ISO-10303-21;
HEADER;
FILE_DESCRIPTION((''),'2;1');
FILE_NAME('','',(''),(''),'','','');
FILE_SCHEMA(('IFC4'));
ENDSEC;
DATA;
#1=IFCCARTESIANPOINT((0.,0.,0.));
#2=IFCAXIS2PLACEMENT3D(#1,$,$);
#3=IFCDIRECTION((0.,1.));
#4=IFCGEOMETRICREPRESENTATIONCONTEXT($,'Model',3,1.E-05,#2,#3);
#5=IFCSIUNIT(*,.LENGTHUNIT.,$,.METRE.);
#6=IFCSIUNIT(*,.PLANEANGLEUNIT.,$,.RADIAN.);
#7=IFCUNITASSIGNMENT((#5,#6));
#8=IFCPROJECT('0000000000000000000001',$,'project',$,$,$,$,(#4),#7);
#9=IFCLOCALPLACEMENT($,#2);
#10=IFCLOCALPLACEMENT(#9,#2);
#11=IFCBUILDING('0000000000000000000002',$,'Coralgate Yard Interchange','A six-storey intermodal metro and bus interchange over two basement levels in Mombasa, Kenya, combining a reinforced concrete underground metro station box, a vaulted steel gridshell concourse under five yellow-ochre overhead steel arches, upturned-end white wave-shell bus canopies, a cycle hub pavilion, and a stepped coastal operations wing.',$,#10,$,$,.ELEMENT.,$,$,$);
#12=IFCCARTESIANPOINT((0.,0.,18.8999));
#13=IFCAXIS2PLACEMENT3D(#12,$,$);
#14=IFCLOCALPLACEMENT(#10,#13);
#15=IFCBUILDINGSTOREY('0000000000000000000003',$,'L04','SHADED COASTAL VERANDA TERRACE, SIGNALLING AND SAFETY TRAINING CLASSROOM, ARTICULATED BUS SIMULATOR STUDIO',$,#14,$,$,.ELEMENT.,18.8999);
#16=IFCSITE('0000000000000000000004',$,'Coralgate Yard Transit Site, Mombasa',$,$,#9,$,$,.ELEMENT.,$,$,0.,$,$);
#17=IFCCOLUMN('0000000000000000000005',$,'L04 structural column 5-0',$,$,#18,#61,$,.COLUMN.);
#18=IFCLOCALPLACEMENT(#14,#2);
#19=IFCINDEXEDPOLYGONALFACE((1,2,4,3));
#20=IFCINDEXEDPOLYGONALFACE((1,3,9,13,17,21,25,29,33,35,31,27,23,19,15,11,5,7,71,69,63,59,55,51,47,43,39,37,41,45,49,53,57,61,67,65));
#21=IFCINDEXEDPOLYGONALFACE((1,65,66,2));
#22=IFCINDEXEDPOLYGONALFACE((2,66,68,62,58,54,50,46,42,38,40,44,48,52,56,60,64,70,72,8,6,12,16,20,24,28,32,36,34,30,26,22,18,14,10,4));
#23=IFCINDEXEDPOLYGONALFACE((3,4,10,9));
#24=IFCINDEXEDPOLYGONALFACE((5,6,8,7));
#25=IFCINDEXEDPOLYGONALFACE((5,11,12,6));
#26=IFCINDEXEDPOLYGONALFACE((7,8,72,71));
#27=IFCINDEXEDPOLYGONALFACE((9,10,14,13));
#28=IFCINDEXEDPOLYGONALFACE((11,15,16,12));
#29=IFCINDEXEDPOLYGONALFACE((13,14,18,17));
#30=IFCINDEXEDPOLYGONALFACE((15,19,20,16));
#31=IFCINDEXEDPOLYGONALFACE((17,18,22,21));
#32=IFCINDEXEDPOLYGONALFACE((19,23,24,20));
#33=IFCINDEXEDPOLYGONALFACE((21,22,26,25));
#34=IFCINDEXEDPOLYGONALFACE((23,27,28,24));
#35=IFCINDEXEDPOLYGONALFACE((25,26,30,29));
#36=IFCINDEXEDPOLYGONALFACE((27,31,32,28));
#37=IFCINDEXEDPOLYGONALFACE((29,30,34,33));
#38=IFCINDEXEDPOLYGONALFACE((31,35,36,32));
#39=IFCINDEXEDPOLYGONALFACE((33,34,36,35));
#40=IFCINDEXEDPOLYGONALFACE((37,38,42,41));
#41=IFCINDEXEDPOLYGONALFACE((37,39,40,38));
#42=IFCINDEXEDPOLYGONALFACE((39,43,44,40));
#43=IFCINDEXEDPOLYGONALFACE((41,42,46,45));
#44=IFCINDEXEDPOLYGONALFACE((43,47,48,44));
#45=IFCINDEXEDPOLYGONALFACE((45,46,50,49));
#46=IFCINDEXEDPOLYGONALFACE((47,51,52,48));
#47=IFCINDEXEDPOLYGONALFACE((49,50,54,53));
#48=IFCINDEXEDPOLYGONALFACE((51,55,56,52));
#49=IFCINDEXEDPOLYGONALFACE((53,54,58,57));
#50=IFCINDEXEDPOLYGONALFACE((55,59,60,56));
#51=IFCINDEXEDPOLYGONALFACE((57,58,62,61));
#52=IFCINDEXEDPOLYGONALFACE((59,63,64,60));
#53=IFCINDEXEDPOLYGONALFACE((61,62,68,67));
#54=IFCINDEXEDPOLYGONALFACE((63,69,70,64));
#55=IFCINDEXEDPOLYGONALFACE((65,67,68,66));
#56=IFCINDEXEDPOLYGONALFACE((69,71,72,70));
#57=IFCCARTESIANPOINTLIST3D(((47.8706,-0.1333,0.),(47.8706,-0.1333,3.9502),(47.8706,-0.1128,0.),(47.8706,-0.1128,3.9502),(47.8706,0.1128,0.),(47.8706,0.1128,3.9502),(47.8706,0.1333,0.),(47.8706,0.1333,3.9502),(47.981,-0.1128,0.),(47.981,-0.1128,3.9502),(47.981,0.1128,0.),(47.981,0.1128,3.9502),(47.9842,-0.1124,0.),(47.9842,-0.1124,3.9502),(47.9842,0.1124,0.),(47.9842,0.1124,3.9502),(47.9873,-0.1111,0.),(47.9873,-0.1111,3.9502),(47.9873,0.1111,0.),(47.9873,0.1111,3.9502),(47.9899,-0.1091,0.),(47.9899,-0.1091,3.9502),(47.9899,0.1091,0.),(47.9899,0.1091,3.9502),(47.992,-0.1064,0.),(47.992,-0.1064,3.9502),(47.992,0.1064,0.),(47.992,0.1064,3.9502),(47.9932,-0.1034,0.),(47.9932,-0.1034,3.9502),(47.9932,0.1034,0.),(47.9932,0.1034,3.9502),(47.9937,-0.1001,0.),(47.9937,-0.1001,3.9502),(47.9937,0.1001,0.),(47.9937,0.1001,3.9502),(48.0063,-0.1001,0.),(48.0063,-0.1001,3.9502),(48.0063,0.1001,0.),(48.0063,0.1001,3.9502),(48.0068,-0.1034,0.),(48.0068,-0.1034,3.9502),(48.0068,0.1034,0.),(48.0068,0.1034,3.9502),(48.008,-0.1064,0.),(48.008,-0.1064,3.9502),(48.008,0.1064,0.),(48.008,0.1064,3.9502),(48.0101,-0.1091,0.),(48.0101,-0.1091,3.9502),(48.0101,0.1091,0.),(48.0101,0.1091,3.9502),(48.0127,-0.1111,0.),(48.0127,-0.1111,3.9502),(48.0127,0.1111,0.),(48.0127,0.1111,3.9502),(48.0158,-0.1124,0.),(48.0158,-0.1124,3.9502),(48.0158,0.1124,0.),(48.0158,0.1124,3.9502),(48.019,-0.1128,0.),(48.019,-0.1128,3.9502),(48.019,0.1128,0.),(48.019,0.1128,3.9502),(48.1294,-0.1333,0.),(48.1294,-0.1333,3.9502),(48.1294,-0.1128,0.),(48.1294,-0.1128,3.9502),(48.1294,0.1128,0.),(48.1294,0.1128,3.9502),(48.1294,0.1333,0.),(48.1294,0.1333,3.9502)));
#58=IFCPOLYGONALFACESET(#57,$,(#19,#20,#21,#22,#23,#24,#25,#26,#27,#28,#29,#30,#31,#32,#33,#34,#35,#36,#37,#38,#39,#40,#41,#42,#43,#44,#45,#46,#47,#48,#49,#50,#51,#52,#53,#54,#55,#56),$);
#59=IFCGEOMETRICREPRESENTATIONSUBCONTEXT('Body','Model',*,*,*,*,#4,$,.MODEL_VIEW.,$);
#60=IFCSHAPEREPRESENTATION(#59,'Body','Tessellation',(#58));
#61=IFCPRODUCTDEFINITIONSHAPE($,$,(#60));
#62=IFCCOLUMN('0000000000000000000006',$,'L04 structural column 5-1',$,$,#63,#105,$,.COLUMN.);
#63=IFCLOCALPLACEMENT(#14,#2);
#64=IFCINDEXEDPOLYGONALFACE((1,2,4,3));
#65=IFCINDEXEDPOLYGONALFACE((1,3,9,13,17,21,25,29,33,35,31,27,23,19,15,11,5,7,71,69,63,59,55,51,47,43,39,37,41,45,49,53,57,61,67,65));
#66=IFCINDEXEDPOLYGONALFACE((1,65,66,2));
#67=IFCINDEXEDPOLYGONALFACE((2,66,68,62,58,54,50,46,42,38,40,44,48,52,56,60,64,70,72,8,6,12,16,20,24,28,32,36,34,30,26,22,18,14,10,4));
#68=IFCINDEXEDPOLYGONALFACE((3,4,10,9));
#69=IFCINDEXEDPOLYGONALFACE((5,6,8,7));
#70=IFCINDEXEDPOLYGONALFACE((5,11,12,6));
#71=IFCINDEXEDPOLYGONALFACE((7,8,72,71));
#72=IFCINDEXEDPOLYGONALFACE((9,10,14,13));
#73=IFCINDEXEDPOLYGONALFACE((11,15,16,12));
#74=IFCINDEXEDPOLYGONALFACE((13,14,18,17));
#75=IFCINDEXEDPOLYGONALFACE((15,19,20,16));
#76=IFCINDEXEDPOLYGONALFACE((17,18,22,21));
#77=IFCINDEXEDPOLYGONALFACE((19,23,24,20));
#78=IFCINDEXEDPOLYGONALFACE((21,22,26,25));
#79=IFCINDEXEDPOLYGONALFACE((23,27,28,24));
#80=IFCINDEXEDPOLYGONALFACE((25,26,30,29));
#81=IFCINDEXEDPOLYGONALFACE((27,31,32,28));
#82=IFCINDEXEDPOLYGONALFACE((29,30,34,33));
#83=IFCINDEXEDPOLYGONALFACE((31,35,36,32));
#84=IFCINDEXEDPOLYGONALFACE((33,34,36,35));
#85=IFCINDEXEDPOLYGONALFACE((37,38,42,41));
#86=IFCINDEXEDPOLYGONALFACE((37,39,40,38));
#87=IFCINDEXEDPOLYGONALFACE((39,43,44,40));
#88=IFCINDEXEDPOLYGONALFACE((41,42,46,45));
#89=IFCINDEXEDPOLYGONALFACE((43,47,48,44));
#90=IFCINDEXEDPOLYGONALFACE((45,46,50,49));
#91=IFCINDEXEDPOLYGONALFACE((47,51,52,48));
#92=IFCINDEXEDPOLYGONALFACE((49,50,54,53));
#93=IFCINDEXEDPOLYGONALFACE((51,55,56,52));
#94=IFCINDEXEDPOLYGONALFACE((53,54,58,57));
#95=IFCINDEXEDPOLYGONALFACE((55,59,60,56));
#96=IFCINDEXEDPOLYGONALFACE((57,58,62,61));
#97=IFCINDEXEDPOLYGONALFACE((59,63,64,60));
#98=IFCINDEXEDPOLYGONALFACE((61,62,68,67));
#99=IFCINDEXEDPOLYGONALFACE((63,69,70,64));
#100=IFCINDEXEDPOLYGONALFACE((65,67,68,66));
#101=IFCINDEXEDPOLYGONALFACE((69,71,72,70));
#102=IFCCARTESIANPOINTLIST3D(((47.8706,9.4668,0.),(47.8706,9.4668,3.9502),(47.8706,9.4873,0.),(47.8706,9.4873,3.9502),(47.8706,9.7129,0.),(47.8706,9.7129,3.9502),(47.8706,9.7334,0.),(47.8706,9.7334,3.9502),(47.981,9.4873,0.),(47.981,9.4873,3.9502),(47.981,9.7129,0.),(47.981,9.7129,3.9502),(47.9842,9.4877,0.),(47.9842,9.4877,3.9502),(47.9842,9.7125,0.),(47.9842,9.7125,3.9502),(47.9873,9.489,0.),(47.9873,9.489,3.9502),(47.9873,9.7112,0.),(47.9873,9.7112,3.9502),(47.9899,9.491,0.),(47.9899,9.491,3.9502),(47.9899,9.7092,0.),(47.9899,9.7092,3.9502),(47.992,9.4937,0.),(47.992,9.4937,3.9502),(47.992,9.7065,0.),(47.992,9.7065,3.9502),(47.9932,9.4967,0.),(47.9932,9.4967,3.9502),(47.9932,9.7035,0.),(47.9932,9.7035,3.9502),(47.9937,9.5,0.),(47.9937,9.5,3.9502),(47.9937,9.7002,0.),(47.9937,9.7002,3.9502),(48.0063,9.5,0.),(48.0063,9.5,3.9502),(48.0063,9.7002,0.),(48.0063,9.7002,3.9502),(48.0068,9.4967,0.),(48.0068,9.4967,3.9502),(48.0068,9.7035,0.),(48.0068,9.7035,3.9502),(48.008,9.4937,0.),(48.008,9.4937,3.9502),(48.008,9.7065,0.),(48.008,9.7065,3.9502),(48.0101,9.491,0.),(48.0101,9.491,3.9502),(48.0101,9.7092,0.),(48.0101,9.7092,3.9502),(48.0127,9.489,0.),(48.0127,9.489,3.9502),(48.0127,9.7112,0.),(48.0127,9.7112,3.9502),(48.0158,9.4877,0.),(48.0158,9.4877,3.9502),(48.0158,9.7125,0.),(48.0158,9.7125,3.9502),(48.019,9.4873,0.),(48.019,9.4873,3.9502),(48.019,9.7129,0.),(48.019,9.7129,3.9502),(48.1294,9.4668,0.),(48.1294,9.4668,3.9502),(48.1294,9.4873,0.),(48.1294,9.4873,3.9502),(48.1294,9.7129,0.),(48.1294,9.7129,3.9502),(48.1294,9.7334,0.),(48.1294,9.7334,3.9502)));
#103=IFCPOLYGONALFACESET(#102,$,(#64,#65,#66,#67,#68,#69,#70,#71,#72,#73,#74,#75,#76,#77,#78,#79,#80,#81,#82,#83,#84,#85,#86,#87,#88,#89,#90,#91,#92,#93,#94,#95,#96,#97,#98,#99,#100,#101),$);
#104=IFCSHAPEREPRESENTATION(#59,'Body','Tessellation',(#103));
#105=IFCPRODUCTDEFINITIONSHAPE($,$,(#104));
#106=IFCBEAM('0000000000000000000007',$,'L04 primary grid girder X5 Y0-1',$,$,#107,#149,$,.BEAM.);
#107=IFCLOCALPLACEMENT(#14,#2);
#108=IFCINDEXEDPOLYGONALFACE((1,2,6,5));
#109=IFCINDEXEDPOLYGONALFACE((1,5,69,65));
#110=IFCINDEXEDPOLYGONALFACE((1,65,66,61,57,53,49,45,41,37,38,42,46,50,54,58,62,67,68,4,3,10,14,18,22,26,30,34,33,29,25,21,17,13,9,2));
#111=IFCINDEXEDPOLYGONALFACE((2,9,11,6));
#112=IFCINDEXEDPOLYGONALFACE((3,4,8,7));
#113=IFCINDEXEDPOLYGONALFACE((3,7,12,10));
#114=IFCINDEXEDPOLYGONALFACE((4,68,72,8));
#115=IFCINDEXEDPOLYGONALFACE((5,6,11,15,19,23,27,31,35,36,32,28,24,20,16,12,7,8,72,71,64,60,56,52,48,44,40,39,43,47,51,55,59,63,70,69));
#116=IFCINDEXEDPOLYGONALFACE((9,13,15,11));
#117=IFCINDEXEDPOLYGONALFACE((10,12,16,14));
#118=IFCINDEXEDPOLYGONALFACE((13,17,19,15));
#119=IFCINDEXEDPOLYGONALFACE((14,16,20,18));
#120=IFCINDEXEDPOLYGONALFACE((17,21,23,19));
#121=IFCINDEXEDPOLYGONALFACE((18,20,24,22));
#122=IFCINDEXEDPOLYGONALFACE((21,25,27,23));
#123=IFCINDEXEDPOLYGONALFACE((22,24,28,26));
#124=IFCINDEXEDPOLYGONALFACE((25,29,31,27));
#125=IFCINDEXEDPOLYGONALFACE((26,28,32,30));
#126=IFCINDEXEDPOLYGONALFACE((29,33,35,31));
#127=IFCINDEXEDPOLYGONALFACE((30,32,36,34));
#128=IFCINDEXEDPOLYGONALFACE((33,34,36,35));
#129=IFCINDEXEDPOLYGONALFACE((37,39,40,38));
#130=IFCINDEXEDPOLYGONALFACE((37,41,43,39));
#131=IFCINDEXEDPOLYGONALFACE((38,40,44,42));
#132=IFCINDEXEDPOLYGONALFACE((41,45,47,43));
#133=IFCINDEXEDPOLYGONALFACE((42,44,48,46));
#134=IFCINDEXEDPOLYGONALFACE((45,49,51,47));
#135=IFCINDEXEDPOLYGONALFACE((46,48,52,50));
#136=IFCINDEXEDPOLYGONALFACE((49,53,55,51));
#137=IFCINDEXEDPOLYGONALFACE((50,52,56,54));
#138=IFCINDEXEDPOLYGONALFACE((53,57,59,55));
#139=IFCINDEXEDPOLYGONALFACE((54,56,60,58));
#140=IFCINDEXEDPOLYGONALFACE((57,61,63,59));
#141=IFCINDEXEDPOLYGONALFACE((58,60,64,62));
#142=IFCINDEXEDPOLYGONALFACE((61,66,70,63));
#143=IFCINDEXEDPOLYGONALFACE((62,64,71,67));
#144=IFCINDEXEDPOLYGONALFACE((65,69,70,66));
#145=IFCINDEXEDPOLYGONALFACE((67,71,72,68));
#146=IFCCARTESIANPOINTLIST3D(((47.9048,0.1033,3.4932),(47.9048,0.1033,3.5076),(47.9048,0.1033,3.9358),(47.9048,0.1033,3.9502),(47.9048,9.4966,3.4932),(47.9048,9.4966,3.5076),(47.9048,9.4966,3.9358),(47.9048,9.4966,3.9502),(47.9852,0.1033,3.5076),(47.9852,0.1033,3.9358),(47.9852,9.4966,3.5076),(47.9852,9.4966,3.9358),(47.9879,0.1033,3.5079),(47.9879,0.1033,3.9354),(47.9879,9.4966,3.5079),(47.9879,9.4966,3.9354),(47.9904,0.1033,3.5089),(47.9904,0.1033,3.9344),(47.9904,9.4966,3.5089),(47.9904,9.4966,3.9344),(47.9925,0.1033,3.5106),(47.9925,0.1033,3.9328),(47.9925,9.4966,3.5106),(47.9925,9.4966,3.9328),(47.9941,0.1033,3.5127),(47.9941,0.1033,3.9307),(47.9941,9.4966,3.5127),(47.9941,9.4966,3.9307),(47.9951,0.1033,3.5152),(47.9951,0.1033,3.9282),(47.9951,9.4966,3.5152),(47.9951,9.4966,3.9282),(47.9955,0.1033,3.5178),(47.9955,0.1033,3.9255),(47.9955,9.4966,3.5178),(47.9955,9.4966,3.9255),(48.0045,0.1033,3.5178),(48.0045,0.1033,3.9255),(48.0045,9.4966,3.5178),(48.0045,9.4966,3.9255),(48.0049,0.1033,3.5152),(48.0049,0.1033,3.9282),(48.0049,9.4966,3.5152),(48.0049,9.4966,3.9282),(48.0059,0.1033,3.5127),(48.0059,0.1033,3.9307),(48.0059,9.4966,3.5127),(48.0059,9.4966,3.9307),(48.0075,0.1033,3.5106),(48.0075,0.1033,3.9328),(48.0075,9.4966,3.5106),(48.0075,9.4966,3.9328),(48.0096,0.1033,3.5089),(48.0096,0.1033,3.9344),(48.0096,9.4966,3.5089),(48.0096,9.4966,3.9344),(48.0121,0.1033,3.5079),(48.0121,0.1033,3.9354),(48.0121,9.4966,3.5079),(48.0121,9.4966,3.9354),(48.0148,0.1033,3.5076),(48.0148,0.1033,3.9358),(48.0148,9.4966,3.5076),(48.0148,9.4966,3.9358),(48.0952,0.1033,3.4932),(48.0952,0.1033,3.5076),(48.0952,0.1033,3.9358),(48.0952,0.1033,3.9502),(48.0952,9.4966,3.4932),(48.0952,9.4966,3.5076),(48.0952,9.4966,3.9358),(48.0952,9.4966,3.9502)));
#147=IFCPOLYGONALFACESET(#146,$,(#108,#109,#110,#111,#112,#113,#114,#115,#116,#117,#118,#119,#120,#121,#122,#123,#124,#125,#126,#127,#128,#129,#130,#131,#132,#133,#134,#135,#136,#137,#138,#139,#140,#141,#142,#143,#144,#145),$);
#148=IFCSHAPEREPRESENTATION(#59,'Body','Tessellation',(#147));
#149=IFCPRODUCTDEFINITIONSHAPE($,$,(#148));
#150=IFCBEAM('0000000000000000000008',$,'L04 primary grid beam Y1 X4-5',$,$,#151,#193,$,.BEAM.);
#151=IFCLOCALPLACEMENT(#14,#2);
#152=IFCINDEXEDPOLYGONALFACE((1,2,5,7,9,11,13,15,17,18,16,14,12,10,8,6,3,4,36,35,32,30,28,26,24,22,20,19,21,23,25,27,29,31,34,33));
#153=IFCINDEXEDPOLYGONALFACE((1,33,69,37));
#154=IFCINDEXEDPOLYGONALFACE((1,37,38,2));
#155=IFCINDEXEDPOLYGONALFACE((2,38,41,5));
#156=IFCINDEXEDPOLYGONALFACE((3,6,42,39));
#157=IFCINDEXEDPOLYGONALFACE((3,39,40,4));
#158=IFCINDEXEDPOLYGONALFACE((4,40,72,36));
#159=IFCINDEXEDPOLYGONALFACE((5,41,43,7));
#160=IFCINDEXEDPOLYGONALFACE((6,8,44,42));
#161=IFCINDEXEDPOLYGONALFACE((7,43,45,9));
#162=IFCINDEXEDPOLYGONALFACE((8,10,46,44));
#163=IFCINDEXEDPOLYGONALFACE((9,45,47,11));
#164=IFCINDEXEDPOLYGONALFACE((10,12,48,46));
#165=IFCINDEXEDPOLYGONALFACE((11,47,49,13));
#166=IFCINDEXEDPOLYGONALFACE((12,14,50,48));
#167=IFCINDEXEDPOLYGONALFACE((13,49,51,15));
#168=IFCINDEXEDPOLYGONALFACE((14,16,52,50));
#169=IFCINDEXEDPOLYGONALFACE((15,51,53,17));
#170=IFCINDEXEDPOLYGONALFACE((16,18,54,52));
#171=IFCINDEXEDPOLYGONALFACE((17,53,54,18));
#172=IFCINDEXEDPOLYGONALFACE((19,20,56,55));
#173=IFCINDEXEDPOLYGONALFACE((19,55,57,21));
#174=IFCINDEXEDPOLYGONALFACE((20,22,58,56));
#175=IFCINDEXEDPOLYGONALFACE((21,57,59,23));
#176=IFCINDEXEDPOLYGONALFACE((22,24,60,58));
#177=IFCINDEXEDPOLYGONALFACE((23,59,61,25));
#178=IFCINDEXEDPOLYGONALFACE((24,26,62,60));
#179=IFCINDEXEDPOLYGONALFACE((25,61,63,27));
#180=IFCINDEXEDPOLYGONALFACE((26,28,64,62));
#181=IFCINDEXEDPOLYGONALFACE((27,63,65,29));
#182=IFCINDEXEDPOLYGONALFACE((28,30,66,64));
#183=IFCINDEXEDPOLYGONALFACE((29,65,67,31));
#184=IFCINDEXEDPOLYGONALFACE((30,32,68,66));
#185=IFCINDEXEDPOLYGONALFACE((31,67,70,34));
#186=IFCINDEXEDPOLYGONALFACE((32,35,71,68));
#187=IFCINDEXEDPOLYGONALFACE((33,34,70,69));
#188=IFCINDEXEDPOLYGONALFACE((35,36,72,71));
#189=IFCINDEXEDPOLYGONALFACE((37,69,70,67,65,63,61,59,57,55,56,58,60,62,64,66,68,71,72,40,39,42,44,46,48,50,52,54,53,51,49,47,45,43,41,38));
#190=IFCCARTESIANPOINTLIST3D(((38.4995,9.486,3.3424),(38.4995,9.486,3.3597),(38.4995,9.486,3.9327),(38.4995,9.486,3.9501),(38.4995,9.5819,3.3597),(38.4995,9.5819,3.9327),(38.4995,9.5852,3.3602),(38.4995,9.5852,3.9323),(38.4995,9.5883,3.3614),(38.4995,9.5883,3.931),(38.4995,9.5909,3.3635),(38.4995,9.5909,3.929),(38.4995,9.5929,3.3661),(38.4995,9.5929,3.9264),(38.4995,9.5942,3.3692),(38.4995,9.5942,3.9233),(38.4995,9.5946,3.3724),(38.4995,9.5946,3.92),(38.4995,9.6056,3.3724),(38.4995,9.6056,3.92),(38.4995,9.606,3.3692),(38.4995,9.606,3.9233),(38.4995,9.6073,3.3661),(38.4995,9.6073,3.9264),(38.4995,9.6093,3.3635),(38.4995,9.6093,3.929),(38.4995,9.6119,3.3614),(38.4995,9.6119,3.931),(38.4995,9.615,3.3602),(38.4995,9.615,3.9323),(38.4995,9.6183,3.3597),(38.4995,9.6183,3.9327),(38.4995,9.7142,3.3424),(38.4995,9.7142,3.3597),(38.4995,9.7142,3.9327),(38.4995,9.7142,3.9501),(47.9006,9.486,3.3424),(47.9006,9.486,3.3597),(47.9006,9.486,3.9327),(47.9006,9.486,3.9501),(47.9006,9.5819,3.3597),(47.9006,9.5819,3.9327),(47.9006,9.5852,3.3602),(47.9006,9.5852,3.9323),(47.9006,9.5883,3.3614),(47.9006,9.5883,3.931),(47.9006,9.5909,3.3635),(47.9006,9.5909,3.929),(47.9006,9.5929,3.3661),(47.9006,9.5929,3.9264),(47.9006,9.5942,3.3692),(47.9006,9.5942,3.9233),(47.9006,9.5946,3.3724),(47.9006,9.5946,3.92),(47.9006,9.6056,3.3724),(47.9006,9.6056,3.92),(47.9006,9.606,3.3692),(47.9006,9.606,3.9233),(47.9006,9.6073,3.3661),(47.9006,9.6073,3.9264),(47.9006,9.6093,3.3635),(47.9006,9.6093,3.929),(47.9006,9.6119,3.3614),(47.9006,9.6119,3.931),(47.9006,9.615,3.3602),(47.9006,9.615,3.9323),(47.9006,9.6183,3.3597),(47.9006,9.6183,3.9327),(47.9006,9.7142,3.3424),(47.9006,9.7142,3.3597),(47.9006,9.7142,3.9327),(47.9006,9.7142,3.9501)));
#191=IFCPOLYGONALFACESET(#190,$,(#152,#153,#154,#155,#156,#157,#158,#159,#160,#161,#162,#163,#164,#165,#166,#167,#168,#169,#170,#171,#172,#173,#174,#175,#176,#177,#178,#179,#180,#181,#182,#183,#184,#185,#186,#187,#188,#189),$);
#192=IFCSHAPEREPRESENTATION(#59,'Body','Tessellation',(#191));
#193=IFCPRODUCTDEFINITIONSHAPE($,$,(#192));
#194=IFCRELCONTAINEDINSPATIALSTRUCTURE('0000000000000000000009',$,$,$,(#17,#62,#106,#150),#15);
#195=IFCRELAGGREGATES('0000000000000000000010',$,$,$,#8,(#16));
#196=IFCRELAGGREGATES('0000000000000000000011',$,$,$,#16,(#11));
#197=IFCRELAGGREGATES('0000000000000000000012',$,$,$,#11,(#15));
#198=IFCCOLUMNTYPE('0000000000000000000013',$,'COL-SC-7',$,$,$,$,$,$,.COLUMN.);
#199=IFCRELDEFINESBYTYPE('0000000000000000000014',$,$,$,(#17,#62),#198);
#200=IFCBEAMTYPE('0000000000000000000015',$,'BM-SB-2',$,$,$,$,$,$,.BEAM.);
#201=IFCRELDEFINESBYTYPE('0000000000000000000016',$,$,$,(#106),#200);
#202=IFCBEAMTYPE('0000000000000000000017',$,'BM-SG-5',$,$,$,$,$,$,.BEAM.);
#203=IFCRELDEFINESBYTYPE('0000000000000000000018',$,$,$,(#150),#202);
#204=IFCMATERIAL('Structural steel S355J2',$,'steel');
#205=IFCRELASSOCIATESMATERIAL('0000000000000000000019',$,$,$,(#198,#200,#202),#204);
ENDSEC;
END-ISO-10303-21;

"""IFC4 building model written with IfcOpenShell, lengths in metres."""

from ifc_helpers import new_model, si_unit, direction, frame, origin, origin_2d, place, context, subcontext, project, spatial, i_section, extrude, material, material_profile, profile_set, type_object, element, save


model = new_model("IFC4")

# Units and contexts
model_context = context("Model", 3, precision=1e-05, world=origin(), true_north=direction((0.0, 1.0)))
body_context = subcontext(model_context, "Body", "Model", "MODEL_VIEW")
ifc_project = project(units=[si_unit("LENGTHUNIT", "METRE"), si_unit("PLANEANGLEUNIT", "RADIAN")], contexts=[model_context])

# Site, building, storey
site_placement = place(None, origin())
site = spatial("IfcSite", under=ifc_project, at=site_placement, Name="Coralgate Yard Transit Site, Mombasa", CompositionType="ELEMENT", RefElevation=0.0)
building_placement = place(site_placement, origin())
building = spatial("IfcBuilding", under=site, at=building_placement, Name="Coralgate Yard Interchange", Description="A six-storey intermodal metro and bus interchange over two basement levels in Mombasa, Kenya, combining a reinforced concrete underground metro station box, a vaulted steel gridshell concourse under five yellow-ochre overhead steel arches, upturned-end white wave-shell bus canopies, a cycle hub pavilion, and a stepped coastal operations wing.", CompositionType="ELEMENT")
storey_placement = place(building_placement, frame((0.0, 0.0, 18.8999)))
storey = spatial("IfcBuildingStorey", under=building, at=storey_placement, Name="L04", Description="SHADED COASTAL VERANDA TERRACE, SIGNALLING AND SAFETY TRAINING CLASSROOM, ARTICULATED BUS SIMULATOR STUDIO", CompositionType="ELEMENT", Elevation=18.8999)

# Columns
ifc_material_1 = material(Name="Structural steel S355J2", Category="steel")
ifc_material_profile_1 = material_profile(ifc_material_1, i_section(OverallWidth=0.2588, OverallDepth=0.2666, WebThickness=0.0127, FlangeThickness=0.0205, FilletRadius=0.0127, at=origin_2d()), Name="UC 254x254x107")
ifc_profile_set_1 = profile_set([ifc_material_profile_1], Name="Structural steel S355J2")
column_type = type_object("IfcColumnType", Name="COL-SC-7", PredefinedType="COLUMN", material=ifc_profile_set_1)
for number, where, z_axis, x_axis, name in (
    (1, (48.0, 0.0, 0.0), (0.0, 0.0, 1.0), (1.0, 0.0, 0.0), "L04 structural column 5-0"),
    (2, (48.0, 9.6001, 0.0), (0.0, 0.0, 1.0), (1.0, 0.0, 0.0), "L04 structural column 5-1"),
):
    element("IfcColumn", number, at=place(storey_placement, frame(where, z_axis=z_axis, x_axis=x_axis)), inside=storey, type_object=column_type, Name=name, PredefinedType="COLUMN", context=body_context, shape_type="SweptSolid", body=[
        extrude(i_section(OverallWidth=0.2588, OverallDepth=0.2666, WebThickness=0.0127, FlangeThickness=0.0205, FilletRadius=0.0127, at=origin_2d()), origin(), (0.0, 0.0, 1.0), 3.9502),
    ])

# Beams
ifc_material_profile_2 = material_profile(ifc_material_1, i_section(OverallWidth=0.1904, OverallDepth=0.457, WebThickness=0.009, FlangeThickness=0.0144, FilletRadius=0.0103, at=origin_2d()), Name="UB 457x191x74")
ifc_profile_set_2 = profile_set([ifc_material_profile_2], Name="Structural steel S355J2")
beam_type_1 = type_object("IfcBeamType", Name="BM-SB-2", PredefinedType="BEAM", material=ifc_profile_set_2)
beam_1_placement = place(storey_placement, frame((48.0, 0.1033, 3.7217), z_axis=(0.0, 1.0, 0.0), x_axis=(-1.0, 0.0, 0.0)))
element("IfcBeam", 3, at=beam_1_placement, inside=storey, type_object=beam_type_1, Name="L04 primary grid girder X5 Y0-1", PredefinedType="BEAM", context=body_context, shape_type="SweptSolid", body=[
    extrude(i_section(OverallWidth=0.1904, OverallDepth=0.457, WebThickness=0.009, FlangeThickness=0.0144, FilletRadius=0.0103, at=origin_2d()), origin(), (0.0, 0.0, 1.0), 9.3933),
])
ifc_material_profile_3 = material_profile(ifc_material_1, i_section(OverallWidth=0.2283, OverallDepth=0.6077, WebThickness=0.011, FlangeThickness=0.0173, FilletRadius=0.0127, at=origin_2d()), Name="UB 610x229x113")
ifc_profile_set_3 = profile_set([ifc_material_profile_3], Name="Structural steel S355J2")
beam_type_2 = type_object("IfcBeamType", Name="BM-SG-5", PredefinedType="BEAM", material=ifc_profile_set_3)
beam_2_placement = place(storey_placement, frame((38.4995, 9.6001, 3.6462), z_axis=(1.0, 0.0, 0.0), x_axis=(0.0, 1.0, 0.0)))
element("IfcBeam", 4, at=beam_2_placement, inside=storey, type_object=beam_type_2, Name="L04 primary grid beam Y1 X4-5", PredefinedType="BEAM", context=body_context, shape_type="SweptSolid", body=[
    extrude(i_section(OverallWidth=0.2283, OverallDepth=0.6077, WebThickness=0.011, FlangeThickness=0.0173, FilletRadius=0.0127, at=origin_2d()), origin(), (0.0, 0.0, 1.0), 9.4011),
])

save(model, "model.ifc")
